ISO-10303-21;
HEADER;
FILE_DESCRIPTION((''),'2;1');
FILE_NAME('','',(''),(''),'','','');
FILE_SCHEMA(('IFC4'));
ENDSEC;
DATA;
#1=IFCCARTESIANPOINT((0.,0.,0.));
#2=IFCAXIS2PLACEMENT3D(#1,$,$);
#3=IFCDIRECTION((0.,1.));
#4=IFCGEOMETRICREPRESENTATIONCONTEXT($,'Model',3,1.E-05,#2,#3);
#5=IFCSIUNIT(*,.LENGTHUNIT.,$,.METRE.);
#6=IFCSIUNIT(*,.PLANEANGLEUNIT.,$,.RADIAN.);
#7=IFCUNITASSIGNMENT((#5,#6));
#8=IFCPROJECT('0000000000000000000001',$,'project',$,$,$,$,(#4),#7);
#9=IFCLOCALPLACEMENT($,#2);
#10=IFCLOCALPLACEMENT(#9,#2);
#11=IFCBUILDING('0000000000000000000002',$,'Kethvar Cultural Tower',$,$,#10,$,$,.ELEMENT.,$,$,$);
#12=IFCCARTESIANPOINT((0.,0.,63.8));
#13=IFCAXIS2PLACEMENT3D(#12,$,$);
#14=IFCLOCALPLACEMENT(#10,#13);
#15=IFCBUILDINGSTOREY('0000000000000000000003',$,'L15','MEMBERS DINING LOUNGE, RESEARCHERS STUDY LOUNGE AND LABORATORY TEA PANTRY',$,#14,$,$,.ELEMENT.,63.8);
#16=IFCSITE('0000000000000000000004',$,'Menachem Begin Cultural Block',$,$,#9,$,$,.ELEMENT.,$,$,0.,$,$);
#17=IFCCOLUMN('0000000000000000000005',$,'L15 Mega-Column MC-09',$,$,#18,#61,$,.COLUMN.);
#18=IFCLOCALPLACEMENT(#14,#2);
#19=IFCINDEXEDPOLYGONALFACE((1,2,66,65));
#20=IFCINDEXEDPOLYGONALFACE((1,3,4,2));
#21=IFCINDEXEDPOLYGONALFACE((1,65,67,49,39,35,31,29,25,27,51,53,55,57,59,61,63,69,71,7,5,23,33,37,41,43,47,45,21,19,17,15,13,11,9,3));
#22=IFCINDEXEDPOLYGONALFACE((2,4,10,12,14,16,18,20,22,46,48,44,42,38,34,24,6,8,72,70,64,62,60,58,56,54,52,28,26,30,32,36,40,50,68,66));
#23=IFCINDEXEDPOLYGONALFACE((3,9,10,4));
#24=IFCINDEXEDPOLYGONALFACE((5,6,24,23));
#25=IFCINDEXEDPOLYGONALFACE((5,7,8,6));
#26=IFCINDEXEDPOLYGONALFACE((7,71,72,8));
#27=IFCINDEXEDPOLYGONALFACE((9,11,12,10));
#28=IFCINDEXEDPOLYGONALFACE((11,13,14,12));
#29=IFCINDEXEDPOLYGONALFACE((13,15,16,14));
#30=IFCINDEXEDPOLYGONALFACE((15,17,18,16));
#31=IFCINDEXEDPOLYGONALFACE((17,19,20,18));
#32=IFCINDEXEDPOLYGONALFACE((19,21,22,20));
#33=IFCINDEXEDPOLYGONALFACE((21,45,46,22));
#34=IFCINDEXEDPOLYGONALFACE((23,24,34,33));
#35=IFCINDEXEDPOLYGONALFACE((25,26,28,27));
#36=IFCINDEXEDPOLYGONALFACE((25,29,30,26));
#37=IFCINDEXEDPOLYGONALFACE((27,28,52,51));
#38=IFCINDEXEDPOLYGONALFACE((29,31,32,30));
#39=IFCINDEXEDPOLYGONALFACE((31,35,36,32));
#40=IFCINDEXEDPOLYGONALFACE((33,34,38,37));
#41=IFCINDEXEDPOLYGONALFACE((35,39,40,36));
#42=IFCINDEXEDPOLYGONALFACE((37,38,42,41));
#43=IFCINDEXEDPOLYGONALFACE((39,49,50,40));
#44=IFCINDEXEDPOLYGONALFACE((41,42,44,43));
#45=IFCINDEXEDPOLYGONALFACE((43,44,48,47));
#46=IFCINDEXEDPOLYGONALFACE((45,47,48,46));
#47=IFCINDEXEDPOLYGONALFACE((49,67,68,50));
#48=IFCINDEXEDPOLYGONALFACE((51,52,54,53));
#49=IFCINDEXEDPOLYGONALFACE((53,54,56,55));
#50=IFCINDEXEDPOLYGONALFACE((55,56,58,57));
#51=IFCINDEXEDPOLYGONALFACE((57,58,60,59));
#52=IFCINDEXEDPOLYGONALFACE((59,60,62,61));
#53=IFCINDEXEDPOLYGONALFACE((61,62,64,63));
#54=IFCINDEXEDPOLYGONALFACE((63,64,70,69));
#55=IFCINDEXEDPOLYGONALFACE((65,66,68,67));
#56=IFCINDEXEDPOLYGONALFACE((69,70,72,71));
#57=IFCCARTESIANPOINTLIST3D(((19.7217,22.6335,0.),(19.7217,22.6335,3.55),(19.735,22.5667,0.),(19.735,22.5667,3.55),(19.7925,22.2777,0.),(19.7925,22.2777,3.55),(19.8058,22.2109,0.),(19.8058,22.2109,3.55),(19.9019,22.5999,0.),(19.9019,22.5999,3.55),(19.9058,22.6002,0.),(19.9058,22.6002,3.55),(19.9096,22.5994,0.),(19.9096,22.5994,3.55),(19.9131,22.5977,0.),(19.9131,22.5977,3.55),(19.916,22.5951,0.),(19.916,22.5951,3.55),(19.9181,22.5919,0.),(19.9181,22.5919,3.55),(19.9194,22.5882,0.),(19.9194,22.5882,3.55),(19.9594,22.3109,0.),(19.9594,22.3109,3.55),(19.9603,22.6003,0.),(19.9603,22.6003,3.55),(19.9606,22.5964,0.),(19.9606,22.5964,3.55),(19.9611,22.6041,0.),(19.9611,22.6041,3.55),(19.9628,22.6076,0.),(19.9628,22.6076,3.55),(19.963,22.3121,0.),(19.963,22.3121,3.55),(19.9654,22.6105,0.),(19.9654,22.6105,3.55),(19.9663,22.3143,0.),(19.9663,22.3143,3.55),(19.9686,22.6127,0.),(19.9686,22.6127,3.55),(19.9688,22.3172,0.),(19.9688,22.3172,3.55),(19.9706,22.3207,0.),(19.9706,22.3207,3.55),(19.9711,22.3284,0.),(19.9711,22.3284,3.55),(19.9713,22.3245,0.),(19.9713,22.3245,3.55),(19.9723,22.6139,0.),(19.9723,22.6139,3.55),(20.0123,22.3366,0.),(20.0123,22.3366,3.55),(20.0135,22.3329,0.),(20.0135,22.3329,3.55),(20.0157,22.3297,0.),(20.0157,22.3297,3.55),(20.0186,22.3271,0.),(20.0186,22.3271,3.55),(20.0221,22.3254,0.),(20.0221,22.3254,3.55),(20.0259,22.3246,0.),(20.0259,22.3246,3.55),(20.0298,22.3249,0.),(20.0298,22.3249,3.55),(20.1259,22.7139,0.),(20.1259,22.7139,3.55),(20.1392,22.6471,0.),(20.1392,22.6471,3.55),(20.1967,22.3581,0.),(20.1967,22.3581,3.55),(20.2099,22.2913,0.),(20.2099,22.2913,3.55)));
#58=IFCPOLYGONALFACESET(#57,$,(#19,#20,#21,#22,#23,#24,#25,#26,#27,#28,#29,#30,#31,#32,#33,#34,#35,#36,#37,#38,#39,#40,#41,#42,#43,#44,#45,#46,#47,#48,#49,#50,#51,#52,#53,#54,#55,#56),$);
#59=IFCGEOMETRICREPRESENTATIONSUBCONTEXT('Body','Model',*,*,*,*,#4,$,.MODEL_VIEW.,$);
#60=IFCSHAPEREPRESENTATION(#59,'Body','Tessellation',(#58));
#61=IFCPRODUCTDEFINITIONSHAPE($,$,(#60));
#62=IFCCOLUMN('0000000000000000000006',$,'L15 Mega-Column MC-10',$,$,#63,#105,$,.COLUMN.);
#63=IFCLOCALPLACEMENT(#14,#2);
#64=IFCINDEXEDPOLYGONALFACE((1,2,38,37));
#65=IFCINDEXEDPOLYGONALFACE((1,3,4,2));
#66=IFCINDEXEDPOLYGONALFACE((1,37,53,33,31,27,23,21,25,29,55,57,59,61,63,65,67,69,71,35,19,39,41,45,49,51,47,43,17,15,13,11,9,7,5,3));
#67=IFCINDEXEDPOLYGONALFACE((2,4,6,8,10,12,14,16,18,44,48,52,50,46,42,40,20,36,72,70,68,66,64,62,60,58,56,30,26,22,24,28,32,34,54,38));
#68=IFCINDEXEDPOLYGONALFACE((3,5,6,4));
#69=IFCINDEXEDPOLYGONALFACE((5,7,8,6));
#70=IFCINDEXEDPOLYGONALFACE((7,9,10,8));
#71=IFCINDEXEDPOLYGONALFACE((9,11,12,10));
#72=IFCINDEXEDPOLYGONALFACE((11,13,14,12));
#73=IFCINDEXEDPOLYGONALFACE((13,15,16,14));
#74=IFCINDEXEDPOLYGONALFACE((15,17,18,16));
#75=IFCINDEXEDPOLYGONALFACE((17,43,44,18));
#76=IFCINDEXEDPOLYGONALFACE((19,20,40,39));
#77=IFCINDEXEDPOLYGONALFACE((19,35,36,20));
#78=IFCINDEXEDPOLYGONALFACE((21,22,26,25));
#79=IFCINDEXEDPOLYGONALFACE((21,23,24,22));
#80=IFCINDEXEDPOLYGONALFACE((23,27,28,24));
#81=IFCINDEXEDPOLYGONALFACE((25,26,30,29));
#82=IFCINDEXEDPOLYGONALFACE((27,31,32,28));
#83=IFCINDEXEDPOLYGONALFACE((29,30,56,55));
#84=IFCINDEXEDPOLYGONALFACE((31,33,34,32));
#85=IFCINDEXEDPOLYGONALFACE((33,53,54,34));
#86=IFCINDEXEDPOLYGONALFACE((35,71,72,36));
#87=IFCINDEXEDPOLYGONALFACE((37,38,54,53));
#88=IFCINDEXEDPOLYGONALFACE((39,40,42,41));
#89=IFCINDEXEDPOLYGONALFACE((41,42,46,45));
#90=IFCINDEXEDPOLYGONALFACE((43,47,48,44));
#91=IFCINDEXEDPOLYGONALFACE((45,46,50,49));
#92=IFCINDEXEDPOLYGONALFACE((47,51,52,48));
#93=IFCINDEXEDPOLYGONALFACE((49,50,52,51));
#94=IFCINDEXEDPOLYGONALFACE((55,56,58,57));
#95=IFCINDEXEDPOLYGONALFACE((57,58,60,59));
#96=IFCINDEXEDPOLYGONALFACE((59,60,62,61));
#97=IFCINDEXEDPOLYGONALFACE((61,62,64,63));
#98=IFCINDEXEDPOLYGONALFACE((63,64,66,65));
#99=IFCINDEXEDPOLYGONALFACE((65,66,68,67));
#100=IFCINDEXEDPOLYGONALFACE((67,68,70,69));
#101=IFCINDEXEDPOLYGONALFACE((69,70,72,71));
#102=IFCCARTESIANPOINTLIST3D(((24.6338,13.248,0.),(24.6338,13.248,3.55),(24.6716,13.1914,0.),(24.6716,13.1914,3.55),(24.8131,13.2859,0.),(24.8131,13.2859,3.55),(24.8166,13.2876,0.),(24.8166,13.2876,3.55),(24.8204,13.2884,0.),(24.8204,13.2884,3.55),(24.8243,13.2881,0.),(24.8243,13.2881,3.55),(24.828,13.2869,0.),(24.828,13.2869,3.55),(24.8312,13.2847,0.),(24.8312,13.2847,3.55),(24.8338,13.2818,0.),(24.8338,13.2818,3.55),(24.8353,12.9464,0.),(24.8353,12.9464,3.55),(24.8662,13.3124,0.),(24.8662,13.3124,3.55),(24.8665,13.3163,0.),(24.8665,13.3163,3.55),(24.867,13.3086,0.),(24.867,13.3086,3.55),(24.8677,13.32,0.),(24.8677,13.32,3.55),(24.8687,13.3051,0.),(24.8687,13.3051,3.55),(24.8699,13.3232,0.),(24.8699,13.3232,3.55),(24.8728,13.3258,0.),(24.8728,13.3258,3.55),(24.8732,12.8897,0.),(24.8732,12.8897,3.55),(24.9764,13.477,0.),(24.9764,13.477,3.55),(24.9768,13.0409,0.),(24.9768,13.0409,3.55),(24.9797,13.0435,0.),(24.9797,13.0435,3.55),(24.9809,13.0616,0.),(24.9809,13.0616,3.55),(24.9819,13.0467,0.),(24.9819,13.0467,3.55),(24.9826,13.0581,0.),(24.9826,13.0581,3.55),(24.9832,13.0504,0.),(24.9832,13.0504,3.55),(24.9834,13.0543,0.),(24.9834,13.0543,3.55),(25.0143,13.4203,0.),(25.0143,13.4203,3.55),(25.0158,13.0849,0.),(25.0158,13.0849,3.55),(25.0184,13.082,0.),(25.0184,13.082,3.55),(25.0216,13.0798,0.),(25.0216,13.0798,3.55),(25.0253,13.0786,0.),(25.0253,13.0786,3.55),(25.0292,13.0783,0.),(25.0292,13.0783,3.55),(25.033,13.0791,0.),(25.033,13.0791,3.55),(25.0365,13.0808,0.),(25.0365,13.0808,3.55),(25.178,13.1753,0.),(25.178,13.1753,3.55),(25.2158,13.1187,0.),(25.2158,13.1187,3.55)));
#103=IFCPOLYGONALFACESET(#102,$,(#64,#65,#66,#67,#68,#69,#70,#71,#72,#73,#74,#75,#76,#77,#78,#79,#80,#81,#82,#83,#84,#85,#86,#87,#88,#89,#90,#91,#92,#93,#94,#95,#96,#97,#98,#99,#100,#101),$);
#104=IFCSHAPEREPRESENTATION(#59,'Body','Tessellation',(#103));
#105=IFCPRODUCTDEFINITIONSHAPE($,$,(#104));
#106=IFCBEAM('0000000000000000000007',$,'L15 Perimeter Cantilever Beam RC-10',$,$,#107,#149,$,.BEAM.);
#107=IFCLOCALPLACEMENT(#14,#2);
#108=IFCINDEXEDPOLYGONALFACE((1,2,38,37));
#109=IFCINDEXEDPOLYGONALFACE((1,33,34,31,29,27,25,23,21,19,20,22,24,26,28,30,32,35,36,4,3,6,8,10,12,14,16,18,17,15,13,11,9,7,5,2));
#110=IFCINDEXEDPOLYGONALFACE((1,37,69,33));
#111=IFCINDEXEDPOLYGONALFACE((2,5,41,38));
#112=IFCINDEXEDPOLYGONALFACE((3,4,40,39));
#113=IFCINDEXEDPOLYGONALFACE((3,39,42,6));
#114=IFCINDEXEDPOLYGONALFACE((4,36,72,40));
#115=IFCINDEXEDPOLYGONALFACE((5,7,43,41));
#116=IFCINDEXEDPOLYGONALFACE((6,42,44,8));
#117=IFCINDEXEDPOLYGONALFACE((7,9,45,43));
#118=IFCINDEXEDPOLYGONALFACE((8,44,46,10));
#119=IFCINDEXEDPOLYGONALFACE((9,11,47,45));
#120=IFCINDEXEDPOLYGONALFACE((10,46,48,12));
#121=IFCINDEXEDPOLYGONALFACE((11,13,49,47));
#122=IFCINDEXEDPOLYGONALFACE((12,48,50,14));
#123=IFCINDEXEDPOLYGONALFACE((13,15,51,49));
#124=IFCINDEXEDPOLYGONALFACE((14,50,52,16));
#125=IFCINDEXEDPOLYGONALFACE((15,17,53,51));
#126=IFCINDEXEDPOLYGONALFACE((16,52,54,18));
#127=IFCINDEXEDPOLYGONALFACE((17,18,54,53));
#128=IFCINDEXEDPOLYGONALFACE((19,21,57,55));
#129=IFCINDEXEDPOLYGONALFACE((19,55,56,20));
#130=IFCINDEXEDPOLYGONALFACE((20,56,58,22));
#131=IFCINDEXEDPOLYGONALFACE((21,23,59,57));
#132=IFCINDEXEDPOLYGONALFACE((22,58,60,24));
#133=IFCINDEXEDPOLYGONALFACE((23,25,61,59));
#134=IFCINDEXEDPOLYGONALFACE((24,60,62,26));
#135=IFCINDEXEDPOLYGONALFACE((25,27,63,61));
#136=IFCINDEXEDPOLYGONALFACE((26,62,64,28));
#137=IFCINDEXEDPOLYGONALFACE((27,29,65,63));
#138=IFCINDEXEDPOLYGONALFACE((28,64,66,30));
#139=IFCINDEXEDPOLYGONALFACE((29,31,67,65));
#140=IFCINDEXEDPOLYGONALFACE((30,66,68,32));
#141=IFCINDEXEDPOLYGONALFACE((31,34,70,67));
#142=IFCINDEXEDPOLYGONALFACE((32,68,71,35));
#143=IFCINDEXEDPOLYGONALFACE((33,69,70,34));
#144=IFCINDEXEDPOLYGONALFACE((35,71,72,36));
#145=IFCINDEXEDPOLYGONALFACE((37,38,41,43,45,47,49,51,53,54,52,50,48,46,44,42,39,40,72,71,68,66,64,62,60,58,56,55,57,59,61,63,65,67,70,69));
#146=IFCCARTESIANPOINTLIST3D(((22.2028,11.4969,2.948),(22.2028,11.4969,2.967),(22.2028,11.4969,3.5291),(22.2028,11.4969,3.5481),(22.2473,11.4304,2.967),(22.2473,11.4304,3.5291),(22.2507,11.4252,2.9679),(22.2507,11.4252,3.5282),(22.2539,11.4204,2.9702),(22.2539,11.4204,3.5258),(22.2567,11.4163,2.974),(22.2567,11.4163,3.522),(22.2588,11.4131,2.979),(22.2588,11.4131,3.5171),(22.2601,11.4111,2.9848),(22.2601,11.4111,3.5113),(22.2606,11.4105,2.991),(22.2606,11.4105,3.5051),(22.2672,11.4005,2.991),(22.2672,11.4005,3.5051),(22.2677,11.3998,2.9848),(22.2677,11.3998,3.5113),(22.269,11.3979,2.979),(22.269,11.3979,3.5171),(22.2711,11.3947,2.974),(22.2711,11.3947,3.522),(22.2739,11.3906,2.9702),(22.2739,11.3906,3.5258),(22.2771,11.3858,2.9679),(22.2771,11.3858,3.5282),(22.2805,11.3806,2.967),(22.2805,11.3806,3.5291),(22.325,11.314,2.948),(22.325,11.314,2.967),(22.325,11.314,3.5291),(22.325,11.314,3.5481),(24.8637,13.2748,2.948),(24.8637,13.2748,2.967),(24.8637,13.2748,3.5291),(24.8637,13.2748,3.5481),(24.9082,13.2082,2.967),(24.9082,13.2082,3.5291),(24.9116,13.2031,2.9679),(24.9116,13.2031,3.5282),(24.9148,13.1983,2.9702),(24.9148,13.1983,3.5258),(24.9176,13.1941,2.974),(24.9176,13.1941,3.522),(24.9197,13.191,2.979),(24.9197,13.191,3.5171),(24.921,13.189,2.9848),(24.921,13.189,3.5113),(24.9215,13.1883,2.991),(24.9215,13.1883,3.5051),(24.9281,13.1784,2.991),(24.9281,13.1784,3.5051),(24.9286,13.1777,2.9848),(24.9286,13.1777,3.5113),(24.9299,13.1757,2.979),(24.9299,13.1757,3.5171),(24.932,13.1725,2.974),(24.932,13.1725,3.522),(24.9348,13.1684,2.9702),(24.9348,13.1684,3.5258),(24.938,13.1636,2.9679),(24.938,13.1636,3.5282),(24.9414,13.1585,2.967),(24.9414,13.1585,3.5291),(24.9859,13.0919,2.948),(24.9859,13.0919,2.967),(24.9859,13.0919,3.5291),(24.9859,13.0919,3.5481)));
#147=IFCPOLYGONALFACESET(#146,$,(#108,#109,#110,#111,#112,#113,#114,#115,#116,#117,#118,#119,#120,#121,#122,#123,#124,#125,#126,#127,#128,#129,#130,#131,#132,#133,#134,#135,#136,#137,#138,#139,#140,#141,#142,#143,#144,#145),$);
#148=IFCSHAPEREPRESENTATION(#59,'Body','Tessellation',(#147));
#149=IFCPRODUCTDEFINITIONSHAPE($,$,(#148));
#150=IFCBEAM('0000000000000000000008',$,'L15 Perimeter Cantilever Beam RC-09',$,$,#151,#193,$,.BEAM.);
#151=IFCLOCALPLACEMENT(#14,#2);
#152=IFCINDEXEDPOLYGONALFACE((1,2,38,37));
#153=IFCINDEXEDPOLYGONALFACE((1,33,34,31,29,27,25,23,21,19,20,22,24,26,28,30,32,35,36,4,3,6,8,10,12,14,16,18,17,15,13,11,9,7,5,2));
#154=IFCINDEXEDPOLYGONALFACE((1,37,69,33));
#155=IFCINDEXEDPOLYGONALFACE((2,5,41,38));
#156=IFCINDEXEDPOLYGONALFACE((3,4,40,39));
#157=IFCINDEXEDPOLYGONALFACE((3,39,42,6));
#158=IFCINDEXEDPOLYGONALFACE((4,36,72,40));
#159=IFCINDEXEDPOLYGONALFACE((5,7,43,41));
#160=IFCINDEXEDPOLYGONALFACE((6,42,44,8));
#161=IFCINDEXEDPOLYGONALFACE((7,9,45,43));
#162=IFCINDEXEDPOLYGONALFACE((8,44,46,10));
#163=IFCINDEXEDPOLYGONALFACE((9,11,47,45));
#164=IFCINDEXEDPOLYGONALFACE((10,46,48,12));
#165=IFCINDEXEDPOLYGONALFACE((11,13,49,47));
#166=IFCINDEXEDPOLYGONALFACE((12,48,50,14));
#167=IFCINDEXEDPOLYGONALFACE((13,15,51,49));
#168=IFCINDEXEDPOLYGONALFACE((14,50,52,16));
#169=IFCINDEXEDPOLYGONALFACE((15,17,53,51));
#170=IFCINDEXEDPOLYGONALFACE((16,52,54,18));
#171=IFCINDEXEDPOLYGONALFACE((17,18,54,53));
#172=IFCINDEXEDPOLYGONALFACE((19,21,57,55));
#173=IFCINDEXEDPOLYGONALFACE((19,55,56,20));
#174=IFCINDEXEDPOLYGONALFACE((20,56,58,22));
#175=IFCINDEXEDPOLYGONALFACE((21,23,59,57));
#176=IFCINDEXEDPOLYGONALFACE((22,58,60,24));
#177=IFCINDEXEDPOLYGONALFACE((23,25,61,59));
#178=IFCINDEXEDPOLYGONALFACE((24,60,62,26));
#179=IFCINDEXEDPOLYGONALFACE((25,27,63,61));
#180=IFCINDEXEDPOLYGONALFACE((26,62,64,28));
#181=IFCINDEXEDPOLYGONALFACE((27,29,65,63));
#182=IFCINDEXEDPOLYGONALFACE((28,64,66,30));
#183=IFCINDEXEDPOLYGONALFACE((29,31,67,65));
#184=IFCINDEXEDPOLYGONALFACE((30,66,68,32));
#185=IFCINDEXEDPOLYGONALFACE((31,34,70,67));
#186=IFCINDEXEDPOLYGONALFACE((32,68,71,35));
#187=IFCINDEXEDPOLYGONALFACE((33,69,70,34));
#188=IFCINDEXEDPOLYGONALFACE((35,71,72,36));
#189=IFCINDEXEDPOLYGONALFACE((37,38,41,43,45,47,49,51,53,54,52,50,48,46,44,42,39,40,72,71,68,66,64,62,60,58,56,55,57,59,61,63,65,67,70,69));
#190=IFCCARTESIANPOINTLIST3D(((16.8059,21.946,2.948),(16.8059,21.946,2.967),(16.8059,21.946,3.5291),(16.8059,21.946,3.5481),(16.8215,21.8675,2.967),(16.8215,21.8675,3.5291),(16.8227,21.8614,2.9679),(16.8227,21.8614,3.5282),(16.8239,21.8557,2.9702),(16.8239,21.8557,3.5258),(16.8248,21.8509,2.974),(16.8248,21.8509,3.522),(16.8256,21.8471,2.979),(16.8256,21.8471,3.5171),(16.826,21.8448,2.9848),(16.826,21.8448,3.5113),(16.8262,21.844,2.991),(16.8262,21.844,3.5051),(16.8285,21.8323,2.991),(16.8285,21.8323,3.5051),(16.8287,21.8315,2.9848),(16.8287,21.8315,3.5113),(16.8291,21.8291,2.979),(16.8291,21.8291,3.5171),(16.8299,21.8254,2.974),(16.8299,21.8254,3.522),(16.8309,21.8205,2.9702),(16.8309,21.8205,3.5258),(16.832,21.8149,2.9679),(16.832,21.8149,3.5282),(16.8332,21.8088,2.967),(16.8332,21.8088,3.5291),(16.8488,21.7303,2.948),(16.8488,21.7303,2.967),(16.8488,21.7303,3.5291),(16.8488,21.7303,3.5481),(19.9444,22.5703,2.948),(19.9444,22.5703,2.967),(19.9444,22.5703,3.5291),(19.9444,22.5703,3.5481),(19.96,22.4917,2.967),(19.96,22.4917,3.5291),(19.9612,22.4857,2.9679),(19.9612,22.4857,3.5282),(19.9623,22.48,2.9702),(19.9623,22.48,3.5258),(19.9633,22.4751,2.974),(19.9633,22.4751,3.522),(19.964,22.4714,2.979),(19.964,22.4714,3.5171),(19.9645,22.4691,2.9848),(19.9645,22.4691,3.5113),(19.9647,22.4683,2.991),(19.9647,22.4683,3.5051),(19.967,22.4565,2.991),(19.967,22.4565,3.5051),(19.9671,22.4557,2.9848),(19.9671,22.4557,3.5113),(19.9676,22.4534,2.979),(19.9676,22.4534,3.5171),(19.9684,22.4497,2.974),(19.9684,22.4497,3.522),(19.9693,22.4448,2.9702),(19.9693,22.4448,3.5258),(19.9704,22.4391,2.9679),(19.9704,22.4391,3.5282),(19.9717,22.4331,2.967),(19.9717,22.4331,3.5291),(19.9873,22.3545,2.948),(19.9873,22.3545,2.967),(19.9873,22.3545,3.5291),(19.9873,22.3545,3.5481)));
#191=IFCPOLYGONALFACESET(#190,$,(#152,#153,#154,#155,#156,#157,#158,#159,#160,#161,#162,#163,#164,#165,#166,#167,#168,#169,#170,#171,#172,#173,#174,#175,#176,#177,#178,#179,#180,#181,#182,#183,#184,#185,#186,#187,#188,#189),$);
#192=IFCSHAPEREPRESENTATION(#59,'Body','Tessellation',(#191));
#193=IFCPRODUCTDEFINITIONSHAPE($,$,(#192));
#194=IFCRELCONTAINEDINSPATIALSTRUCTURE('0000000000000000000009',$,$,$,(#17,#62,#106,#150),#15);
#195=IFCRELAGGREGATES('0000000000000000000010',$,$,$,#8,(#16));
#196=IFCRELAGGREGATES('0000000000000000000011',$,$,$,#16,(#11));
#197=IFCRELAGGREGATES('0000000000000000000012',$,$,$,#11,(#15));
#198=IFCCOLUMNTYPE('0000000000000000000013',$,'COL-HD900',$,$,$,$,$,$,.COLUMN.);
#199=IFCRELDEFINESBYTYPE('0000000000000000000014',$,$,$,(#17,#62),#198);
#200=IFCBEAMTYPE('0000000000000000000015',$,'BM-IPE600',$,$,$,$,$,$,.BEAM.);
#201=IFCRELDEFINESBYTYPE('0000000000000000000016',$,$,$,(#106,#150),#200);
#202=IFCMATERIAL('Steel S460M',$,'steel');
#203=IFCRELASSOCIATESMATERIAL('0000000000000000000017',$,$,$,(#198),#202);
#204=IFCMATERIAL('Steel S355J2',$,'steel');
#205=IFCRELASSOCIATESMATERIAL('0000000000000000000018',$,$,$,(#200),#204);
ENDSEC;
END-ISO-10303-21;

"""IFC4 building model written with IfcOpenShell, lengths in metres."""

from ifc_helpers import new_model, si_unit, direction, frame, origin, origin_2d, place, context, subcontext, project, spatial, i_section, extrude, source, transform, mapped, material, material_profile, profile_set, type_object, element, save


model = new_model("IFC4")

# Units and contexts
model_context = context("Model", 3, precision=1e-05, world=origin(), true_north=direction((0.0, 1.0)))
body_context = subcontext(model_context, "Body", "Model", "MODEL_VIEW")
ifc_project = project(units=[si_unit("LENGTHUNIT", "METRE"), si_unit("PLANEANGLEUNIT", "RADIAN")], contexts=[model_context])

# Site, building, storey
site_placement = place(None, origin())
site = spatial("IfcSite", under=ifc_project, at=site_placement, Name="Menachem Begin Cultural Block", CompositionType="ELEMENT", RefElevation=0.0)
building_placement = place(site_placement, origin())
building = spatial("IfcBuilding", under=site, at=building_placement, Name="Kethvar Cultural Tower", CompositionType="ELEMENT")
storey_placement = place(building_placement, frame((0.0, 0.0, 63.8)))
storey = spatial("IfcBuildingStorey", under=building, at=storey_placement, Name="L15", Description="MEMBERS DINING LOUNGE, RESEARCHERS STUDY LOUNGE AND LABORATORY TEA PANTRY", CompositionType="ELEMENT", Elevation=63.8)

# Columns
ifc_material_1 = material(Name="Steel S460M", Category="steel")
ifc_material_profile_1 = material_profile(ifc_material_1, i_section(OverallWidth=0.4121, OverallDepth=0.4309, WebThickness=0.042, FlangeThickness=0.0681, FilletRadius=0.0149, at=origin_2d()), Name="Steel S460M — HD400x900")
ifc_profile_set_1 = profile_set([ifc_material_profile_1], Name="Steel S460M — HD400x900")
column_type = type_object("IfcColumnType", Name="COL-HD900", PredefinedType="COLUMN", material=ifc_profile_set_1)
shared_shape_1 = source(origin(), body_context, "Body", "SweptSolid", [
    extrude(i_section(OverallWidth=0.4121, OverallDepth=0.4309, WebThickness=0.042, FlangeThickness=0.0681, FilletRadius=0.0149, at=origin_2d()), origin(), (0.0, 0.0, 1.0), 3.55),
])
for number, where, z_axis, x_axis, name in (
    (1, (19.9658, 22.4624, 0.0), (0.0, 0.0, 1.0), (-0.980785, -0.19509, 0.0), "L15 Mega-Column MC-09"),
    (2, (24.9248, 13.1833, 0.0), (0.0, 0.0, 1.0), (-0.83147, -0.55557, 0.0), "L15 Mega-Column MC-10"),
):
    element("IfcColumn", number, at=place(storey_placement, frame(where, z_axis=z_axis, x_axis=x_axis)), inside=storey, type_object=column_type, Name=name, PredefinedType="COLUMN", context=body_context, shape_type="MappedRepresentation", body=[
        mapped(shared_shape_1, transform((0.0, 0.0, 0.0), scale=1.0)),
    ])

# Beams
ifc_material_2 = material(Name="Steel S355J2", Category="steel")
ifc_material_profile_2 = material_profile(ifc_material_2, i_section(OverallWidth=0.22, OverallDepth=0.6001, WebThickness=0.012, FlangeThickness=0.019, FilletRadius=0.0239, at=origin_2d()), Name="Steel S355J2 — IPE600")
ifc_profile_set_2 = profile_set([ifc_material_profile_2], Name="Steel S355J2 — IPE600")
beam_type_1 = type_object("IfcBeamType", Name="BM-IPE600", PredefinedType="BEAM", material=ifc_profile_set_2)
shared_shape_2 = source(origin(), body_context, "Body", "SweptSolid", [
    extrude(i_section(OverallWidth=0.22, OverallDepth=0.6001, WebThickness=0.012, FlangeThickness=0.019, FilletRadius=0.0239, at=origin_2d()), origin(), (0.0, 0.0, 1.0), 3.2002),
])
beam_1_placement = place(storey_placement, frame((24.9248, 13.1833, 3.248), z_axis=(-0.831486, -0.555545, 0.0), x_axis=(0.555545, -0.831486, 0.0)))
element("IfcBeam", 3, at=beam_1_placement, inside=storey, type_object=beam_type_1, Name="L15 Perimeter Cantilever Beam RC-10", PredefinedType="BEAM", context=body_context, shape_type="MappedRepresentation", body=[
    mapped(shared_shape_2, transform((0.0, 0.0, 0.0), scale=1.0)),
])
shared_shape_3 = source(origin(), body_context, "Body", "SweptSolid", [
    extrude(i_section(OverallWidth=0.22, OverallDepth=0.6001, WebThickness=0.012, FlangeThickness=0.019, FilletRadius=0.0239, at=origin_2d()), origin(), (0.0, 0.0, 1.0), 3.2),
])
beam_2_placement = place(storey_placement, frame((19.9658, 22.4624, 3.248), z_axis=(-0.980786, -0.195089, 0.0), x_axis=(0.195089, -0.980786, 0.0)))
element("IfcBeam", 4, at=beam_2_placement, inside=storey, type_object=beam_type_1, Name="L15 Perimeter Cantilever Beam RC-09", PredefinedType="BEAM", context=body_context, shape_type="MappedRepresentation", body=[
    mapped(shared_shape_3, transform((0.0, 0.0, 0.0), scale=1.0)),
])

save(model, "model.ifc")
